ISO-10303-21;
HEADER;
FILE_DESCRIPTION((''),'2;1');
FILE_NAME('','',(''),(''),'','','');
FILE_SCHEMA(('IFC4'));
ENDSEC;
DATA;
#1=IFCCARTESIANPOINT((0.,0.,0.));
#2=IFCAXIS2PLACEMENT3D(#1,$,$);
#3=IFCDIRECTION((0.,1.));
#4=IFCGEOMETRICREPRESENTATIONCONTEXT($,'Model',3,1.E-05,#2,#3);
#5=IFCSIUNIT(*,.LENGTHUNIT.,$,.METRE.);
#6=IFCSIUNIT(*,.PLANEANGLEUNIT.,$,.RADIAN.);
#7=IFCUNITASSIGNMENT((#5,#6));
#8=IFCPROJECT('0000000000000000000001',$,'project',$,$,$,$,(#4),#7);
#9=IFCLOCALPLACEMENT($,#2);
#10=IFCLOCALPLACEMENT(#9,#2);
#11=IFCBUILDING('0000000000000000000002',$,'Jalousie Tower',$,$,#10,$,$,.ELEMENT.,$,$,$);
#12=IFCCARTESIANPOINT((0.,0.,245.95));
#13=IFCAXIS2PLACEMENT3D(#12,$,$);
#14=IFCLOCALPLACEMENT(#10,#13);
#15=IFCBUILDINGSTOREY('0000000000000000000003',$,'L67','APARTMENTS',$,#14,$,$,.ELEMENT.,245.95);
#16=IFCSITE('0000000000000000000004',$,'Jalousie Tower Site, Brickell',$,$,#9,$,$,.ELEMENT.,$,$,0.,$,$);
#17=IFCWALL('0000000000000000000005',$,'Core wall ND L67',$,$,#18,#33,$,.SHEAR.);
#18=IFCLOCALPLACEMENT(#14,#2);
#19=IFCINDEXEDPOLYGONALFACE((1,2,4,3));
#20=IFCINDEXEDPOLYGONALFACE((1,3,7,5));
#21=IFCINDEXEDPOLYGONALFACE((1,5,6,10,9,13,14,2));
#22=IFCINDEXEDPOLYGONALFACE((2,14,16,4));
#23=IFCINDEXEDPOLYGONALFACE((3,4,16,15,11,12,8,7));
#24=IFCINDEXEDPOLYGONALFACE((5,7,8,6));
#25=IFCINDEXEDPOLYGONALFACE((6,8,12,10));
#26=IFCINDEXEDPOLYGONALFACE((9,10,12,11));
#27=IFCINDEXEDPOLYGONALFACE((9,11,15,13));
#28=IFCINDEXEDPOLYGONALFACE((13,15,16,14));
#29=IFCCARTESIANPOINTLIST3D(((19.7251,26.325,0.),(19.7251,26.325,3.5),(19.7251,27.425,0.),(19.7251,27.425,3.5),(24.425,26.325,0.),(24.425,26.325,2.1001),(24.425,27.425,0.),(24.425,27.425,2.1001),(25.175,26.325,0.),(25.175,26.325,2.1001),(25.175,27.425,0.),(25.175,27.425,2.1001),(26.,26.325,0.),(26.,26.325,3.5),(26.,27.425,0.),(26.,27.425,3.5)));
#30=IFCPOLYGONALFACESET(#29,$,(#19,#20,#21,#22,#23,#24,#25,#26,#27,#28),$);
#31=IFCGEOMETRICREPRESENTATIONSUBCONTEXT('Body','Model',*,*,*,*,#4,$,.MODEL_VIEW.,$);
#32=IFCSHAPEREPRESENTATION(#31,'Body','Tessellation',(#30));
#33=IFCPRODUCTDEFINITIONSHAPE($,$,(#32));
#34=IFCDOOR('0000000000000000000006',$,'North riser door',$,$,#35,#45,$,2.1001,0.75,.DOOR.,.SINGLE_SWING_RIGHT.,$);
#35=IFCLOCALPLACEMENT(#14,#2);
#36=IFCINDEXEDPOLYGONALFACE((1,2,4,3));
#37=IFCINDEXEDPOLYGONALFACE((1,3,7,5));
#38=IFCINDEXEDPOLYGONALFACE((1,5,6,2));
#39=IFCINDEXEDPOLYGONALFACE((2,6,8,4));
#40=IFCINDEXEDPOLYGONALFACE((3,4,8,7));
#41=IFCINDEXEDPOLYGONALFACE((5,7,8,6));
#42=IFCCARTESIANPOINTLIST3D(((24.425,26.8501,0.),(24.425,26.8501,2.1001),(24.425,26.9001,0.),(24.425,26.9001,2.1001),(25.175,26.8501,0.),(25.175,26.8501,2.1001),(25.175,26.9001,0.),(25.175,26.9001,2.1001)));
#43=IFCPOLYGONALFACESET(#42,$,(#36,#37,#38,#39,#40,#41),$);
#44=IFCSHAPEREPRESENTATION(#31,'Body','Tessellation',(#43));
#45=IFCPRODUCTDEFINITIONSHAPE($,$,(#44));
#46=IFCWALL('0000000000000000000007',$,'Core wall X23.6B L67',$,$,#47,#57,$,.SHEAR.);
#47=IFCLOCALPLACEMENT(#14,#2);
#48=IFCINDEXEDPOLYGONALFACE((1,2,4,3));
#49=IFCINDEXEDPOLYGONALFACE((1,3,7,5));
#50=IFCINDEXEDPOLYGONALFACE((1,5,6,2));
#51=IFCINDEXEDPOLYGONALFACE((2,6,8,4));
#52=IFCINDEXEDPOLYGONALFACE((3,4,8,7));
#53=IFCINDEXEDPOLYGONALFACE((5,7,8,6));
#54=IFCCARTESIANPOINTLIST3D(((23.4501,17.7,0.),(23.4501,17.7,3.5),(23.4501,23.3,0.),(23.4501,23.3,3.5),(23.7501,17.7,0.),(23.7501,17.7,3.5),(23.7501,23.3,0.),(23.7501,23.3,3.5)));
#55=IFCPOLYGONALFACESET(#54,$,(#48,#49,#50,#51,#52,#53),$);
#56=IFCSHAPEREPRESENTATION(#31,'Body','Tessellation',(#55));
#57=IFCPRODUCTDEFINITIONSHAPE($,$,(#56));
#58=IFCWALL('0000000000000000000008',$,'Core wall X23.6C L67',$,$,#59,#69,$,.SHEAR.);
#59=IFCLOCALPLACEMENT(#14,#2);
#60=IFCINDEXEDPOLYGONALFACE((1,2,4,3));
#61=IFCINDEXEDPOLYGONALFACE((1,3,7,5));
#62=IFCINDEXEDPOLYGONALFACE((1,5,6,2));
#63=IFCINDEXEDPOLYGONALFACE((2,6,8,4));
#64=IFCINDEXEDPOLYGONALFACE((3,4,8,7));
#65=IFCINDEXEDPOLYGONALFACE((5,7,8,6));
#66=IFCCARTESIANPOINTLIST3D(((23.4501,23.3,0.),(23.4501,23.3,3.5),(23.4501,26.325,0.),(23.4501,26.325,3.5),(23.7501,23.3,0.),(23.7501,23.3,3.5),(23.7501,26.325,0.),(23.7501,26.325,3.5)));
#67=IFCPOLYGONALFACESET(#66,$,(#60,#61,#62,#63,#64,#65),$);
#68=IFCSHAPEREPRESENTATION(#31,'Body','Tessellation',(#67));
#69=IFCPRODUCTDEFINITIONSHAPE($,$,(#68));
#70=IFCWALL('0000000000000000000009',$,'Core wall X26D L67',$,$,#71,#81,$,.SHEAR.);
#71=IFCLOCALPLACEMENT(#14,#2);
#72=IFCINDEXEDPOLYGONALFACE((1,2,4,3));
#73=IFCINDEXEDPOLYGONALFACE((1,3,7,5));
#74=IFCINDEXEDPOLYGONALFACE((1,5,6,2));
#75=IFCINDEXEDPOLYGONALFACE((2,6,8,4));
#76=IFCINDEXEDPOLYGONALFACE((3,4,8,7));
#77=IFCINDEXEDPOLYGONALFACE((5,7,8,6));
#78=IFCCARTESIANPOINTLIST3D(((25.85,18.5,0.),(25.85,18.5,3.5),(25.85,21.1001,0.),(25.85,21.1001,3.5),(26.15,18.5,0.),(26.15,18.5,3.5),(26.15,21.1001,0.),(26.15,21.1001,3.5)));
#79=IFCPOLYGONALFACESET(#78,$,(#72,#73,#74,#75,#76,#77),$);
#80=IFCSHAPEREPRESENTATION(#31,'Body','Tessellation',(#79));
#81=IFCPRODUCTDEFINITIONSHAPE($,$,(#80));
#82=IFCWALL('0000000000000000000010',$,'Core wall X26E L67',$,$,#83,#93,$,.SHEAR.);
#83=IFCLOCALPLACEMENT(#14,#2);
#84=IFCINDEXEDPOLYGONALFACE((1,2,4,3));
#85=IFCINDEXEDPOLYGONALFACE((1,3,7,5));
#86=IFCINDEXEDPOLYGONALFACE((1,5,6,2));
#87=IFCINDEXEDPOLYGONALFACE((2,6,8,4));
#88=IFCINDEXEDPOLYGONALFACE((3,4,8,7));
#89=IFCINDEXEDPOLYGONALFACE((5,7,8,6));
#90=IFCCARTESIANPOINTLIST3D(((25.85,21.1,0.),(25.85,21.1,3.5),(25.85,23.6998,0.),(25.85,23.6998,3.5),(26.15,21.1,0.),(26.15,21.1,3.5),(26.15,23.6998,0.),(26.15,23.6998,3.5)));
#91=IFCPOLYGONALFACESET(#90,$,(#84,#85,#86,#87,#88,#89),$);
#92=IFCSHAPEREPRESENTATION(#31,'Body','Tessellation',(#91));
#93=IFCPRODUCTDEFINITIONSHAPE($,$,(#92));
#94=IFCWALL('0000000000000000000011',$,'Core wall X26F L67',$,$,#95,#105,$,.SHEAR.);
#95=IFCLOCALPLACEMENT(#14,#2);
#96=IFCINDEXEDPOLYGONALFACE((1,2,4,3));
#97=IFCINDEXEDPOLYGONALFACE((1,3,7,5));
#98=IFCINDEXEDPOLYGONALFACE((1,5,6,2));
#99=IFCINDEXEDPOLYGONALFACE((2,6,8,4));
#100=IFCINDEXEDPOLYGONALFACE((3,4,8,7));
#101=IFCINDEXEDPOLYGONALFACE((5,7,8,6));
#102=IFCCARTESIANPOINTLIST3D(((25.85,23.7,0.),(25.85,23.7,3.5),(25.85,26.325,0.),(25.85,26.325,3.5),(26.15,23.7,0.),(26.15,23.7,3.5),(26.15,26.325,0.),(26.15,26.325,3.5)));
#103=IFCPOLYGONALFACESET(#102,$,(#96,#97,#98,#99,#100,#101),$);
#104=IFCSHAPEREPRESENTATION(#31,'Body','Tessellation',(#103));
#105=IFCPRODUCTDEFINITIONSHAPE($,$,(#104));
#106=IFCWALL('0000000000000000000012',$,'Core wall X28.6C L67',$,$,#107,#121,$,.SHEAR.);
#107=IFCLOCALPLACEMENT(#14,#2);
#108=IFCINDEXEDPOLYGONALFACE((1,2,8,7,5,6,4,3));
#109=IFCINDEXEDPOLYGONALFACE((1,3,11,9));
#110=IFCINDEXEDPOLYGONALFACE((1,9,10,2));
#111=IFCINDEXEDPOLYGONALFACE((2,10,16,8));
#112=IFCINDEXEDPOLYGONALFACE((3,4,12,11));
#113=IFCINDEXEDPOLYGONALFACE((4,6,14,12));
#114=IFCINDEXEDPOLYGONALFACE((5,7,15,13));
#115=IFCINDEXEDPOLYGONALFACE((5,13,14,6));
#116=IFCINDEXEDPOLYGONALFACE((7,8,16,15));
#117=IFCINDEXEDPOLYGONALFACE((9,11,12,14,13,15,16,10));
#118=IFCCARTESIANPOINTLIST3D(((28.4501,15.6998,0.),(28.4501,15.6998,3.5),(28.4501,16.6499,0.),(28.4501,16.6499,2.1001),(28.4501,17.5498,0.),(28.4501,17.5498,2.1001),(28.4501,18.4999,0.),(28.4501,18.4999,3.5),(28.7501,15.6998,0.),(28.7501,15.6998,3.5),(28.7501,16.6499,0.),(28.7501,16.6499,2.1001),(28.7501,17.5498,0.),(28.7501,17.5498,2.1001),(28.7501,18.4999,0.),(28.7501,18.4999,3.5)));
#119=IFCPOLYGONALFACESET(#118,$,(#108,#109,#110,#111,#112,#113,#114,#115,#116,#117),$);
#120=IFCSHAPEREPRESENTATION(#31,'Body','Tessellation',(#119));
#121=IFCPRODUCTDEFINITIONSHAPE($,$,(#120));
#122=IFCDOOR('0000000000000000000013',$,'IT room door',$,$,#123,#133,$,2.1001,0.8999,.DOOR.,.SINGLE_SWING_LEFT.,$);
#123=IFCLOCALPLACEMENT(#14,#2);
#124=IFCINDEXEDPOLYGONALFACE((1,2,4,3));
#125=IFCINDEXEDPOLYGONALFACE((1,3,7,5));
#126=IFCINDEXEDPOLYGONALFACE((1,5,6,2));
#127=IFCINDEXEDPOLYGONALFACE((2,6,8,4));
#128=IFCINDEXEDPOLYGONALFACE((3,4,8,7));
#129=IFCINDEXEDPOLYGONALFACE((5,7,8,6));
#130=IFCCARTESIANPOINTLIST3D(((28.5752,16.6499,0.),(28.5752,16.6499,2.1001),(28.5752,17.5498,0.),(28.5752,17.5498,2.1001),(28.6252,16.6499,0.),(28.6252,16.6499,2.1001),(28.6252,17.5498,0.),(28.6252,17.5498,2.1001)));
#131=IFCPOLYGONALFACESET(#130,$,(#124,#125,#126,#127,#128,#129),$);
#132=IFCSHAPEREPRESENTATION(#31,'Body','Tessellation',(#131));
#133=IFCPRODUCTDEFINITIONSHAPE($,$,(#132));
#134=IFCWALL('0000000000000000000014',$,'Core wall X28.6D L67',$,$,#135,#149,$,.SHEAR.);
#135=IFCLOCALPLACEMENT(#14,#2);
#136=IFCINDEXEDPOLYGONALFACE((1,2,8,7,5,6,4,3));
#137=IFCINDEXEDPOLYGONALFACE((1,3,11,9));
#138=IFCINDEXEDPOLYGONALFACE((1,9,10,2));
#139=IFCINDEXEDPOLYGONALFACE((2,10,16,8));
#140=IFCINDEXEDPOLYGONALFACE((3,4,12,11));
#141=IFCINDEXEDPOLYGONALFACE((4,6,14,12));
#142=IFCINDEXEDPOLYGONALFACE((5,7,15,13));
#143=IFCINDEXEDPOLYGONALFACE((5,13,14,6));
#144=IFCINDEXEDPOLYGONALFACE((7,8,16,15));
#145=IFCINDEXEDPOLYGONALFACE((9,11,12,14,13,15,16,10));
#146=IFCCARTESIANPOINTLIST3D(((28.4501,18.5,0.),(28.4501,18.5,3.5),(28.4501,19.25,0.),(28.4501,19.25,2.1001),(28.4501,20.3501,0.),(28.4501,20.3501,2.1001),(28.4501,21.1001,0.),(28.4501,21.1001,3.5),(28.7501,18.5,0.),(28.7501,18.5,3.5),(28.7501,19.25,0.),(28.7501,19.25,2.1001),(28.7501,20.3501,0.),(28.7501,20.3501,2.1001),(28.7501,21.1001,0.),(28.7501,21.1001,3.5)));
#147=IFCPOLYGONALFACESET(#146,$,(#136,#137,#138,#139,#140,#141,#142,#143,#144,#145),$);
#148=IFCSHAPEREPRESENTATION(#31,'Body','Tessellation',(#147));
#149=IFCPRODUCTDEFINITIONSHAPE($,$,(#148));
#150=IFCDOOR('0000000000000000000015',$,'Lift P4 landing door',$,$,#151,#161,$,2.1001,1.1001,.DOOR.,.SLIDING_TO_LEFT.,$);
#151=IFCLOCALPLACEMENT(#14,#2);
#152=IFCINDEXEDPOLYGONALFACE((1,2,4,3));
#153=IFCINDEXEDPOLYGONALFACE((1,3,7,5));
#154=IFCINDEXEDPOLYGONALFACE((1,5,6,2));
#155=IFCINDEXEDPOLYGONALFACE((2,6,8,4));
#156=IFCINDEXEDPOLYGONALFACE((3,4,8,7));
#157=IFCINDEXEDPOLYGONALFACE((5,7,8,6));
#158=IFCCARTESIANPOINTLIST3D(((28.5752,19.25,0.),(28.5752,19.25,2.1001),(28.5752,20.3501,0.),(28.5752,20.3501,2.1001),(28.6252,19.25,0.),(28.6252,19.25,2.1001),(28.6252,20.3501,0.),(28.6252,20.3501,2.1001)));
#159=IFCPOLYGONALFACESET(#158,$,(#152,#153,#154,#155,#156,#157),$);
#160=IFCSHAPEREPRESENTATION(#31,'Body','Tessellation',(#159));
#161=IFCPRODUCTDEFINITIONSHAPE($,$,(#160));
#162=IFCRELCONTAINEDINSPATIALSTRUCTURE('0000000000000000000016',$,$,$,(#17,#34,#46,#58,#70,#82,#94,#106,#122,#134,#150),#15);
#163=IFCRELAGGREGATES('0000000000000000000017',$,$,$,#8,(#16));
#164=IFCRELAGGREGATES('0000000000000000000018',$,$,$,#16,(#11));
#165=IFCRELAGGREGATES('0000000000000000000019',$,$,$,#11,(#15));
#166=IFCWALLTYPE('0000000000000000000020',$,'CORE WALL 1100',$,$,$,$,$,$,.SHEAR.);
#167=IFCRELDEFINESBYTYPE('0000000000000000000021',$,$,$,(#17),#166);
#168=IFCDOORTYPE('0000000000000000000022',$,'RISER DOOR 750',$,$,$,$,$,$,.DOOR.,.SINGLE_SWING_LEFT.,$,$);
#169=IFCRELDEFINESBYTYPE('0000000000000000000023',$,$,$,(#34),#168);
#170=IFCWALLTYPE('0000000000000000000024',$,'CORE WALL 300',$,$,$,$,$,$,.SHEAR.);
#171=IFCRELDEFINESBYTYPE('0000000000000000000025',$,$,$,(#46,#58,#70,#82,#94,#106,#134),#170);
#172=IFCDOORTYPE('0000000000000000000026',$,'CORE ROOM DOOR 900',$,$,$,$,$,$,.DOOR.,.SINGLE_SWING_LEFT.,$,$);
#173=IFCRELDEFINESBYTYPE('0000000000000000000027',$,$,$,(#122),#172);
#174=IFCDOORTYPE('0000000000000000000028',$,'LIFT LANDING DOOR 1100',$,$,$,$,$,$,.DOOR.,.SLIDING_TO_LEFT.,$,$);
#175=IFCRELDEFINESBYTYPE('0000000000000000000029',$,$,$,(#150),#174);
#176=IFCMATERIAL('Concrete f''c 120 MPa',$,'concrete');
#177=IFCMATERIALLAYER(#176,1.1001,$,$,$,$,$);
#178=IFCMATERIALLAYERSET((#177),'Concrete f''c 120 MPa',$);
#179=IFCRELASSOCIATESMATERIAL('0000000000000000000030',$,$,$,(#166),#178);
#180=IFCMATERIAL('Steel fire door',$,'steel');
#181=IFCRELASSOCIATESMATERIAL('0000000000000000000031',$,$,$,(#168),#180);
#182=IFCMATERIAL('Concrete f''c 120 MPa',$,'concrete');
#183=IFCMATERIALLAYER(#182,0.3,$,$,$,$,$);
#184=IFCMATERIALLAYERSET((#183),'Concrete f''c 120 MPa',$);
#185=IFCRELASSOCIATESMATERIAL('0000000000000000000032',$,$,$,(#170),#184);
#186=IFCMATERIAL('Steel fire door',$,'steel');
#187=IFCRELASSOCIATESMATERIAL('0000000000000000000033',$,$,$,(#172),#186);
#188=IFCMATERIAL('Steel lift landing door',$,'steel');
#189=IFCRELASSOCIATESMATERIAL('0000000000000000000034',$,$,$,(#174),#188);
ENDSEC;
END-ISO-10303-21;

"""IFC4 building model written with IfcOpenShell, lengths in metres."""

from ifc_helpers import new_model, si_unit, direction, frame, frame_2d, origin, place, context, subcontext, project, spatial, rectangle, extrude, material, layer, layer_set, type_object, element, fill, save


model = new_model("IFC4")

# Units and contexts
model_context = context("Model", 3, precision=1e-05, world=origin(), true_north=direction((0.0, 1.0)))
body_context = subcontext(model_context, "Body", "Model", "MODEL_VIEW")
ifc_project = project(units=[si_unit("LENGTHUNIT", "METRE"), si_unit("PLANEANGLEUNIT", "RADIAN")], contexts=[model_context])

# Site, building, storey
site_placement = place(None, origin())
site = spatial("IfcSite", under=ifc_project, at=site_placement, Name="Jalousie Tower Site, Brickell", CompositionType="ELEMENT", RefElevation=0.0)
building_placement = place(site_placement, origin())
building = spatial("IfcBuilding", under=site, at=building_placement, Name="Jalousie Tower", CompositionType="ELEMENT")
storey_placement = place(building_placement, frame((0.0, 0.0, 245.95)))
storey = spatial("IfcBuildingStorey", under=building, at=storey_placement, Name="L67", Description="APARTMENTS", CompositionType="ELEMENT", Elevation=245.95)

# Wall, opening, door
ifc_material_1 = material(Name="Concrete f'c 120 MPa", Category="concrete")
ifc_layer_1 = layer(ifc_material_1, 1.1001)
ifc_layer_set_1 = layer_set([ifc_layer_1], Name="Concrete f'c 120 MPa")
wall_type_1 = type_object("IfcWallType", Name="CORE WALL 1100", PredefinedType="SHEAR", material=ifc_layer_set_1)
wall_1_placement = place(storey_placement, frame((26.0, 26.875, 0.0), z_axis=(0.0, 0.0, 1.0), x_axis=(-1.0, 0.0, 0.0)))
wall_1 = element("IfcWall", 1, at=wall_1_placement, inside=storey, type_object=wall_type_1, Name="Core wall ND L67", PredefinedType="SHEAR", context=body_context, shape_type="SweptSolid", body=[
    extrude(rectangle(XDim=6.2749, YDim=1.1001, at=frame_2d((3.1375, 0.0))), origin(), (0.0, 0.0, 1.0), 3.5),
])
opening_1_placement = place(wall_1_placement, frame((0.825, 0.0, 0.0)))
opening_1 = element("IfcOpeningElement", 2, at=opening_1_placement, cuts=wall_1, PredefinedType="OPENING", context=body_context, shape_type="SweptSolid", body=[
    extrude(rectangle(XDim=0.75, YDim=2.1001, at=frame_2d((0.375, 1.05))), frame((0.0, 0.5601, 0.0), z_axis=(0.0, -1.0, 0.0), x_axis=(1.0, 0.0, 0.0)), (0.0, 0.0, 1.0), 1.1201),
])
ifc_material_2 = material(Name="Steel fire door", Category="steel")
door_type_1 = type_object("IfcDoorType", Name="RISER DOOR 750", OperationType="SINGLE_SWING_LEFT", PredefinedType="DOOR", material=ifc_material_2)
door_1_placement = place(opening_1_placement, origin())
door_1 = element("IfcDoor", 3, at=door_1_placement, inside=storey, type_object=door_type_1, Name="North riser door", OperationType="SINGLE_SWING_RIGHT", OverallHeight=2.1001, OverallWidth=0.75, PredefinedType="DOOR", context=body_context, shape_type="SweptSolid", body=[
    extrude(rectangle(XDim=0.75, YDim=2.1001, at=frame_2d((0.375, 1.05))), frame((0.0, 0.0249, 0.0), z_axis=(0.0, -1.0, 0.0), x_axis=(1.0, 0.0, 0.0)), (0.0, 0.0, 1.0), 0.05),
])
fill(opening_1, door_1)

# Walls
ifc_material_3 = material(Name="Concrete f'c 120 MPa", Category="concrete")
ifc_layer_2 = layer(ifc_material_3, 0.3)
ifc_layer_set_2 = layer_set([ifc_layer_2], Name="Concrete f'c 120 MPa")
wall_type_2 = type_object("IfcWallType", Name="CORE WALL 300", PredefinedType="SHEAR", material=ifc_layer_set_2)
wall_2_placement = place(storey_placement, frame((23.6001, 17.7, 0.0), z_axis=(0.0, 0.0, 1.0), x_axis=(0.0, 1.0, 0.0)))
element("IfcWall", 4, at=wall_2_placement, inside=storey, type_object=wall_type_2, Name="Core wall X23.6B L67", PredefinedType="SHEAR", context=body_context, shape_type="SweptSolid", body=[
    extrude(rectangle(XDim=5.6001, YDim=0.3, at=frame_2d((2.8, 0.0))), origin(), (0.0, 0.0, 1.0), 3.5),
])
wall_3_placement = place(storey_placement, frame((23.6001, 23.3, 0.0), z_axis=(0.0, 0.0, 1.0), x_axis=(0.0, 1.0, 0.0)))
element("IfcWall", 5, at=wall_3_placement, inside=storey, type_object=wall_type_2, Name="Core wall X23.6C L67", PredefinedType="SHEAR", context=body_context, shape_type="SweptSolid", body=[
    extrude(rectangle(XDim=3.0249, YDim=0.3, at=frame_2d((1.5125, 0.0))), origin(), (0.0, 0.0, 1.0), 3.5),
])
wall_4_placement = place(storey_placement, frame((26.0, 18.5, 0.0), z_axis=(0.0, 0.0, 1.0), x_axis=(0.0, 1.0, 0.0)))
element("IfcWall", 6, at=wall_4_placement, inside=storey, type_object=wall_type_2, Name="Core wall X26D L67", PredefinedType="SHEAR", context=body_context, shape_type="SweptSolid", body=[
    extrude(rectangle(XDim=2.6001, YDim=0.3, at=frame_2d((1.3, 0.0))), origin(), (0.0, 0.0, 1.0), 3.5),
])
wall_5_placement = place(storey_placement, frame((26.0, 21.1001, 0.0), z_axis=(0.0, 0.0, 1.0), x_axis=(0.0, 1.0, 0.0)))
element("IfcWall", 7, at=wall_5_placement, inside=storey, type_object=wall_type_2, Name="Core wall X26E L67", PredefinedType="SHEAR", context=body_context, shape_type="SweptSolid", body=[
    extrude(rectangle(XDim=2.5999, YDim=0.3, at=frame_2d((1.2998, 0.0))), origin(), (0.0, 0.0, 1.0), 3.5),
])
wall_6_placement = place(storey_placement, frame((26.0, 23.7, 0.0), z_axis=(0.0, 0.0, 1.0), x_axis=(0.0, 1.0, 0.0)))
element("IfcWall", 8, at=wall_6_placement, inside=storey, type_object=wall_type_2, Name="Core wall X26F L67", PredefinedType="SHEAR", context=body_context, shape_type="SweptSolid", body=[
    extrude(rectangle(XDim=2.625, YDim=0.3, at=frame_2d((1.3125, 0.0))), origin(), (0.0, 0.0, 1.0), 3.5),
])

# Walls, openings, doors
wall_7_placement = place(storey_placement, frame((28.6001, 15.7, 0.0), z_axis=(0.0, 0.0, 1.0), x_axis=(0.0, 1.0, 0.0)))
wall_7 = element("IfcWall", 9, at=wall_7_placement, inside=storey, type_object=wall_type_2, Name="Core wall X28.6C L67", PredefinedType="SHEAR", context=body_context, shape_type="SweptSolid", body=[
    extrude(rectangle(XDim=2.8, YDim=0.3, at=frame_2d((1.3999, 0.0))), origin(), (0.0, 0.0, 1.0), 3.5),
])
opening_2_placement = place(wall_7_placement, frame((0.95, 0.0, 0.0)))
opening_2 = element("IfcOpeningElement", 10, at=opening_2_placement, cuts=wall_7, PredefinedType="OPENING", context=body_context, shape_type="SweptSolid", body=[
    extrude(rectangle(XDim=0.8999, YDim=2.1001, at=frame_2d((0.45, 1.05))), frame((0.0, 0.1599, 0.0), z_axis=(0.0, -1.0, 0.0), x_axis=(1.0, 0.0, 0.0)), (0.0, 0.0, 1.0), 0.3201),
])
ifc_material_4 = material(Name="Steel fire door", Category="steel")
door_type_2 = type_object("IfcDoorType", Name="CORE ROOM DOOR 900", OperationType="SINGLE_SWING_LEFT", PredefinedType="DOOR", material=ifc_material_4)
door_2_placement = place(opening_2_placement, origin())
door_2 = element("IfcDoor", 11, at=door_2_placement, inside=storey, type_object=door_type_2, Name="IT room door", OperationType="SINGLE_SWING_LEFT", OverallHeight=2.1001, OverallWidth=0.8999, PredefinedType="DOOR", context=body_context, shape_type="SweptSolid", body=[
    extrude(rectangle(XDim=0.8999, YDim=2.1001, at=frame_2d((0.45, 1.05))), frame((0.0, 0.0249, 0.0), z_axis=(0.0, -1.0, 0.0), x_axis=(1.0, 0.0, 0.0)), (0.0, 0.0, 1.0), 0.05),
])
fill(opening_2, door_2)
wall_8_placement = place(storey_placement, frame((28.6001, 18.5, 0.0), z_axis=(0.0, 0.0, 1.0), x_axis=(0.0, 1.0, 0.0)))
wall_8 = element("IfcWall", 12, at=wall_8_placement, inside=storey, type_object=wall_type_2, Name="Core wall X28.6D L67", PredefinedType="SHEAR", context=body_context, shape_type="SweptSolid", body=[
    extrude(rectangle(XDim=2.6001, YDim=0.3, at=frame_2d((1.3, 0.0))), origin(), (0.0, 0.0, 1.0), 3.5),
])
opening_3_placement = place(wall_8_placement, frame((0.75, 0.0, 0.0)))
opening_3 = element("IfcOpeningElement", 13, at=opening_3_placement, cuts=wall_8, PredefinedType="OPENING", context=body_context, shape_type="SweptSolid", body=[
    extrude(rectangle(XDim=1.1001, YDim=2.1001, at=frame_2d((0.55, 1.05))), frame((0.0, 0.1599, 0.0), z_axis=(0.0, -1.0, 0.0), x_axis=(1.0, 0.0, 0.0)), (0.0, 0.0, 1.0), 0.3201),
])
ifc_material_5 = material(Name="Steel lift landing door", Category="steel")
door_type_3 = type_object("IfcDoorType", Name="LIFT LANDING DOOR 1100", OperationType="SLIDING_TO_LEFT", PredefinedType="DOOR", material=ifc_material_5)
door_3_placement = place(opening_3_placement, origin())
door_3 = element("IfcDoor", 14, at=door_3_placement, inside=storey, type_object=door_type_3, Name="Lift P4 landing door", OperationType="SLIDING_TO_LEFT", OverallHeight=2.1001, OverallWidth=1.1001, PredefinedType="DOOR", context=body_context, shape_type="SweptSolid", body=[
    extrude(rectangle(XDim=1.1001, YDim=2.1001, at=frame_2d((0.55, 1.05))), frame((0.0, 0.0249, 0.0), z_axis=(0.0, -1.0, 0.0), x_axis=(1.0, 0.0, 0.0)), (0.0, 0.0, 1.0), 0.05),
])
fill(opening_3, door_3)

save(model, "model.ifc")
